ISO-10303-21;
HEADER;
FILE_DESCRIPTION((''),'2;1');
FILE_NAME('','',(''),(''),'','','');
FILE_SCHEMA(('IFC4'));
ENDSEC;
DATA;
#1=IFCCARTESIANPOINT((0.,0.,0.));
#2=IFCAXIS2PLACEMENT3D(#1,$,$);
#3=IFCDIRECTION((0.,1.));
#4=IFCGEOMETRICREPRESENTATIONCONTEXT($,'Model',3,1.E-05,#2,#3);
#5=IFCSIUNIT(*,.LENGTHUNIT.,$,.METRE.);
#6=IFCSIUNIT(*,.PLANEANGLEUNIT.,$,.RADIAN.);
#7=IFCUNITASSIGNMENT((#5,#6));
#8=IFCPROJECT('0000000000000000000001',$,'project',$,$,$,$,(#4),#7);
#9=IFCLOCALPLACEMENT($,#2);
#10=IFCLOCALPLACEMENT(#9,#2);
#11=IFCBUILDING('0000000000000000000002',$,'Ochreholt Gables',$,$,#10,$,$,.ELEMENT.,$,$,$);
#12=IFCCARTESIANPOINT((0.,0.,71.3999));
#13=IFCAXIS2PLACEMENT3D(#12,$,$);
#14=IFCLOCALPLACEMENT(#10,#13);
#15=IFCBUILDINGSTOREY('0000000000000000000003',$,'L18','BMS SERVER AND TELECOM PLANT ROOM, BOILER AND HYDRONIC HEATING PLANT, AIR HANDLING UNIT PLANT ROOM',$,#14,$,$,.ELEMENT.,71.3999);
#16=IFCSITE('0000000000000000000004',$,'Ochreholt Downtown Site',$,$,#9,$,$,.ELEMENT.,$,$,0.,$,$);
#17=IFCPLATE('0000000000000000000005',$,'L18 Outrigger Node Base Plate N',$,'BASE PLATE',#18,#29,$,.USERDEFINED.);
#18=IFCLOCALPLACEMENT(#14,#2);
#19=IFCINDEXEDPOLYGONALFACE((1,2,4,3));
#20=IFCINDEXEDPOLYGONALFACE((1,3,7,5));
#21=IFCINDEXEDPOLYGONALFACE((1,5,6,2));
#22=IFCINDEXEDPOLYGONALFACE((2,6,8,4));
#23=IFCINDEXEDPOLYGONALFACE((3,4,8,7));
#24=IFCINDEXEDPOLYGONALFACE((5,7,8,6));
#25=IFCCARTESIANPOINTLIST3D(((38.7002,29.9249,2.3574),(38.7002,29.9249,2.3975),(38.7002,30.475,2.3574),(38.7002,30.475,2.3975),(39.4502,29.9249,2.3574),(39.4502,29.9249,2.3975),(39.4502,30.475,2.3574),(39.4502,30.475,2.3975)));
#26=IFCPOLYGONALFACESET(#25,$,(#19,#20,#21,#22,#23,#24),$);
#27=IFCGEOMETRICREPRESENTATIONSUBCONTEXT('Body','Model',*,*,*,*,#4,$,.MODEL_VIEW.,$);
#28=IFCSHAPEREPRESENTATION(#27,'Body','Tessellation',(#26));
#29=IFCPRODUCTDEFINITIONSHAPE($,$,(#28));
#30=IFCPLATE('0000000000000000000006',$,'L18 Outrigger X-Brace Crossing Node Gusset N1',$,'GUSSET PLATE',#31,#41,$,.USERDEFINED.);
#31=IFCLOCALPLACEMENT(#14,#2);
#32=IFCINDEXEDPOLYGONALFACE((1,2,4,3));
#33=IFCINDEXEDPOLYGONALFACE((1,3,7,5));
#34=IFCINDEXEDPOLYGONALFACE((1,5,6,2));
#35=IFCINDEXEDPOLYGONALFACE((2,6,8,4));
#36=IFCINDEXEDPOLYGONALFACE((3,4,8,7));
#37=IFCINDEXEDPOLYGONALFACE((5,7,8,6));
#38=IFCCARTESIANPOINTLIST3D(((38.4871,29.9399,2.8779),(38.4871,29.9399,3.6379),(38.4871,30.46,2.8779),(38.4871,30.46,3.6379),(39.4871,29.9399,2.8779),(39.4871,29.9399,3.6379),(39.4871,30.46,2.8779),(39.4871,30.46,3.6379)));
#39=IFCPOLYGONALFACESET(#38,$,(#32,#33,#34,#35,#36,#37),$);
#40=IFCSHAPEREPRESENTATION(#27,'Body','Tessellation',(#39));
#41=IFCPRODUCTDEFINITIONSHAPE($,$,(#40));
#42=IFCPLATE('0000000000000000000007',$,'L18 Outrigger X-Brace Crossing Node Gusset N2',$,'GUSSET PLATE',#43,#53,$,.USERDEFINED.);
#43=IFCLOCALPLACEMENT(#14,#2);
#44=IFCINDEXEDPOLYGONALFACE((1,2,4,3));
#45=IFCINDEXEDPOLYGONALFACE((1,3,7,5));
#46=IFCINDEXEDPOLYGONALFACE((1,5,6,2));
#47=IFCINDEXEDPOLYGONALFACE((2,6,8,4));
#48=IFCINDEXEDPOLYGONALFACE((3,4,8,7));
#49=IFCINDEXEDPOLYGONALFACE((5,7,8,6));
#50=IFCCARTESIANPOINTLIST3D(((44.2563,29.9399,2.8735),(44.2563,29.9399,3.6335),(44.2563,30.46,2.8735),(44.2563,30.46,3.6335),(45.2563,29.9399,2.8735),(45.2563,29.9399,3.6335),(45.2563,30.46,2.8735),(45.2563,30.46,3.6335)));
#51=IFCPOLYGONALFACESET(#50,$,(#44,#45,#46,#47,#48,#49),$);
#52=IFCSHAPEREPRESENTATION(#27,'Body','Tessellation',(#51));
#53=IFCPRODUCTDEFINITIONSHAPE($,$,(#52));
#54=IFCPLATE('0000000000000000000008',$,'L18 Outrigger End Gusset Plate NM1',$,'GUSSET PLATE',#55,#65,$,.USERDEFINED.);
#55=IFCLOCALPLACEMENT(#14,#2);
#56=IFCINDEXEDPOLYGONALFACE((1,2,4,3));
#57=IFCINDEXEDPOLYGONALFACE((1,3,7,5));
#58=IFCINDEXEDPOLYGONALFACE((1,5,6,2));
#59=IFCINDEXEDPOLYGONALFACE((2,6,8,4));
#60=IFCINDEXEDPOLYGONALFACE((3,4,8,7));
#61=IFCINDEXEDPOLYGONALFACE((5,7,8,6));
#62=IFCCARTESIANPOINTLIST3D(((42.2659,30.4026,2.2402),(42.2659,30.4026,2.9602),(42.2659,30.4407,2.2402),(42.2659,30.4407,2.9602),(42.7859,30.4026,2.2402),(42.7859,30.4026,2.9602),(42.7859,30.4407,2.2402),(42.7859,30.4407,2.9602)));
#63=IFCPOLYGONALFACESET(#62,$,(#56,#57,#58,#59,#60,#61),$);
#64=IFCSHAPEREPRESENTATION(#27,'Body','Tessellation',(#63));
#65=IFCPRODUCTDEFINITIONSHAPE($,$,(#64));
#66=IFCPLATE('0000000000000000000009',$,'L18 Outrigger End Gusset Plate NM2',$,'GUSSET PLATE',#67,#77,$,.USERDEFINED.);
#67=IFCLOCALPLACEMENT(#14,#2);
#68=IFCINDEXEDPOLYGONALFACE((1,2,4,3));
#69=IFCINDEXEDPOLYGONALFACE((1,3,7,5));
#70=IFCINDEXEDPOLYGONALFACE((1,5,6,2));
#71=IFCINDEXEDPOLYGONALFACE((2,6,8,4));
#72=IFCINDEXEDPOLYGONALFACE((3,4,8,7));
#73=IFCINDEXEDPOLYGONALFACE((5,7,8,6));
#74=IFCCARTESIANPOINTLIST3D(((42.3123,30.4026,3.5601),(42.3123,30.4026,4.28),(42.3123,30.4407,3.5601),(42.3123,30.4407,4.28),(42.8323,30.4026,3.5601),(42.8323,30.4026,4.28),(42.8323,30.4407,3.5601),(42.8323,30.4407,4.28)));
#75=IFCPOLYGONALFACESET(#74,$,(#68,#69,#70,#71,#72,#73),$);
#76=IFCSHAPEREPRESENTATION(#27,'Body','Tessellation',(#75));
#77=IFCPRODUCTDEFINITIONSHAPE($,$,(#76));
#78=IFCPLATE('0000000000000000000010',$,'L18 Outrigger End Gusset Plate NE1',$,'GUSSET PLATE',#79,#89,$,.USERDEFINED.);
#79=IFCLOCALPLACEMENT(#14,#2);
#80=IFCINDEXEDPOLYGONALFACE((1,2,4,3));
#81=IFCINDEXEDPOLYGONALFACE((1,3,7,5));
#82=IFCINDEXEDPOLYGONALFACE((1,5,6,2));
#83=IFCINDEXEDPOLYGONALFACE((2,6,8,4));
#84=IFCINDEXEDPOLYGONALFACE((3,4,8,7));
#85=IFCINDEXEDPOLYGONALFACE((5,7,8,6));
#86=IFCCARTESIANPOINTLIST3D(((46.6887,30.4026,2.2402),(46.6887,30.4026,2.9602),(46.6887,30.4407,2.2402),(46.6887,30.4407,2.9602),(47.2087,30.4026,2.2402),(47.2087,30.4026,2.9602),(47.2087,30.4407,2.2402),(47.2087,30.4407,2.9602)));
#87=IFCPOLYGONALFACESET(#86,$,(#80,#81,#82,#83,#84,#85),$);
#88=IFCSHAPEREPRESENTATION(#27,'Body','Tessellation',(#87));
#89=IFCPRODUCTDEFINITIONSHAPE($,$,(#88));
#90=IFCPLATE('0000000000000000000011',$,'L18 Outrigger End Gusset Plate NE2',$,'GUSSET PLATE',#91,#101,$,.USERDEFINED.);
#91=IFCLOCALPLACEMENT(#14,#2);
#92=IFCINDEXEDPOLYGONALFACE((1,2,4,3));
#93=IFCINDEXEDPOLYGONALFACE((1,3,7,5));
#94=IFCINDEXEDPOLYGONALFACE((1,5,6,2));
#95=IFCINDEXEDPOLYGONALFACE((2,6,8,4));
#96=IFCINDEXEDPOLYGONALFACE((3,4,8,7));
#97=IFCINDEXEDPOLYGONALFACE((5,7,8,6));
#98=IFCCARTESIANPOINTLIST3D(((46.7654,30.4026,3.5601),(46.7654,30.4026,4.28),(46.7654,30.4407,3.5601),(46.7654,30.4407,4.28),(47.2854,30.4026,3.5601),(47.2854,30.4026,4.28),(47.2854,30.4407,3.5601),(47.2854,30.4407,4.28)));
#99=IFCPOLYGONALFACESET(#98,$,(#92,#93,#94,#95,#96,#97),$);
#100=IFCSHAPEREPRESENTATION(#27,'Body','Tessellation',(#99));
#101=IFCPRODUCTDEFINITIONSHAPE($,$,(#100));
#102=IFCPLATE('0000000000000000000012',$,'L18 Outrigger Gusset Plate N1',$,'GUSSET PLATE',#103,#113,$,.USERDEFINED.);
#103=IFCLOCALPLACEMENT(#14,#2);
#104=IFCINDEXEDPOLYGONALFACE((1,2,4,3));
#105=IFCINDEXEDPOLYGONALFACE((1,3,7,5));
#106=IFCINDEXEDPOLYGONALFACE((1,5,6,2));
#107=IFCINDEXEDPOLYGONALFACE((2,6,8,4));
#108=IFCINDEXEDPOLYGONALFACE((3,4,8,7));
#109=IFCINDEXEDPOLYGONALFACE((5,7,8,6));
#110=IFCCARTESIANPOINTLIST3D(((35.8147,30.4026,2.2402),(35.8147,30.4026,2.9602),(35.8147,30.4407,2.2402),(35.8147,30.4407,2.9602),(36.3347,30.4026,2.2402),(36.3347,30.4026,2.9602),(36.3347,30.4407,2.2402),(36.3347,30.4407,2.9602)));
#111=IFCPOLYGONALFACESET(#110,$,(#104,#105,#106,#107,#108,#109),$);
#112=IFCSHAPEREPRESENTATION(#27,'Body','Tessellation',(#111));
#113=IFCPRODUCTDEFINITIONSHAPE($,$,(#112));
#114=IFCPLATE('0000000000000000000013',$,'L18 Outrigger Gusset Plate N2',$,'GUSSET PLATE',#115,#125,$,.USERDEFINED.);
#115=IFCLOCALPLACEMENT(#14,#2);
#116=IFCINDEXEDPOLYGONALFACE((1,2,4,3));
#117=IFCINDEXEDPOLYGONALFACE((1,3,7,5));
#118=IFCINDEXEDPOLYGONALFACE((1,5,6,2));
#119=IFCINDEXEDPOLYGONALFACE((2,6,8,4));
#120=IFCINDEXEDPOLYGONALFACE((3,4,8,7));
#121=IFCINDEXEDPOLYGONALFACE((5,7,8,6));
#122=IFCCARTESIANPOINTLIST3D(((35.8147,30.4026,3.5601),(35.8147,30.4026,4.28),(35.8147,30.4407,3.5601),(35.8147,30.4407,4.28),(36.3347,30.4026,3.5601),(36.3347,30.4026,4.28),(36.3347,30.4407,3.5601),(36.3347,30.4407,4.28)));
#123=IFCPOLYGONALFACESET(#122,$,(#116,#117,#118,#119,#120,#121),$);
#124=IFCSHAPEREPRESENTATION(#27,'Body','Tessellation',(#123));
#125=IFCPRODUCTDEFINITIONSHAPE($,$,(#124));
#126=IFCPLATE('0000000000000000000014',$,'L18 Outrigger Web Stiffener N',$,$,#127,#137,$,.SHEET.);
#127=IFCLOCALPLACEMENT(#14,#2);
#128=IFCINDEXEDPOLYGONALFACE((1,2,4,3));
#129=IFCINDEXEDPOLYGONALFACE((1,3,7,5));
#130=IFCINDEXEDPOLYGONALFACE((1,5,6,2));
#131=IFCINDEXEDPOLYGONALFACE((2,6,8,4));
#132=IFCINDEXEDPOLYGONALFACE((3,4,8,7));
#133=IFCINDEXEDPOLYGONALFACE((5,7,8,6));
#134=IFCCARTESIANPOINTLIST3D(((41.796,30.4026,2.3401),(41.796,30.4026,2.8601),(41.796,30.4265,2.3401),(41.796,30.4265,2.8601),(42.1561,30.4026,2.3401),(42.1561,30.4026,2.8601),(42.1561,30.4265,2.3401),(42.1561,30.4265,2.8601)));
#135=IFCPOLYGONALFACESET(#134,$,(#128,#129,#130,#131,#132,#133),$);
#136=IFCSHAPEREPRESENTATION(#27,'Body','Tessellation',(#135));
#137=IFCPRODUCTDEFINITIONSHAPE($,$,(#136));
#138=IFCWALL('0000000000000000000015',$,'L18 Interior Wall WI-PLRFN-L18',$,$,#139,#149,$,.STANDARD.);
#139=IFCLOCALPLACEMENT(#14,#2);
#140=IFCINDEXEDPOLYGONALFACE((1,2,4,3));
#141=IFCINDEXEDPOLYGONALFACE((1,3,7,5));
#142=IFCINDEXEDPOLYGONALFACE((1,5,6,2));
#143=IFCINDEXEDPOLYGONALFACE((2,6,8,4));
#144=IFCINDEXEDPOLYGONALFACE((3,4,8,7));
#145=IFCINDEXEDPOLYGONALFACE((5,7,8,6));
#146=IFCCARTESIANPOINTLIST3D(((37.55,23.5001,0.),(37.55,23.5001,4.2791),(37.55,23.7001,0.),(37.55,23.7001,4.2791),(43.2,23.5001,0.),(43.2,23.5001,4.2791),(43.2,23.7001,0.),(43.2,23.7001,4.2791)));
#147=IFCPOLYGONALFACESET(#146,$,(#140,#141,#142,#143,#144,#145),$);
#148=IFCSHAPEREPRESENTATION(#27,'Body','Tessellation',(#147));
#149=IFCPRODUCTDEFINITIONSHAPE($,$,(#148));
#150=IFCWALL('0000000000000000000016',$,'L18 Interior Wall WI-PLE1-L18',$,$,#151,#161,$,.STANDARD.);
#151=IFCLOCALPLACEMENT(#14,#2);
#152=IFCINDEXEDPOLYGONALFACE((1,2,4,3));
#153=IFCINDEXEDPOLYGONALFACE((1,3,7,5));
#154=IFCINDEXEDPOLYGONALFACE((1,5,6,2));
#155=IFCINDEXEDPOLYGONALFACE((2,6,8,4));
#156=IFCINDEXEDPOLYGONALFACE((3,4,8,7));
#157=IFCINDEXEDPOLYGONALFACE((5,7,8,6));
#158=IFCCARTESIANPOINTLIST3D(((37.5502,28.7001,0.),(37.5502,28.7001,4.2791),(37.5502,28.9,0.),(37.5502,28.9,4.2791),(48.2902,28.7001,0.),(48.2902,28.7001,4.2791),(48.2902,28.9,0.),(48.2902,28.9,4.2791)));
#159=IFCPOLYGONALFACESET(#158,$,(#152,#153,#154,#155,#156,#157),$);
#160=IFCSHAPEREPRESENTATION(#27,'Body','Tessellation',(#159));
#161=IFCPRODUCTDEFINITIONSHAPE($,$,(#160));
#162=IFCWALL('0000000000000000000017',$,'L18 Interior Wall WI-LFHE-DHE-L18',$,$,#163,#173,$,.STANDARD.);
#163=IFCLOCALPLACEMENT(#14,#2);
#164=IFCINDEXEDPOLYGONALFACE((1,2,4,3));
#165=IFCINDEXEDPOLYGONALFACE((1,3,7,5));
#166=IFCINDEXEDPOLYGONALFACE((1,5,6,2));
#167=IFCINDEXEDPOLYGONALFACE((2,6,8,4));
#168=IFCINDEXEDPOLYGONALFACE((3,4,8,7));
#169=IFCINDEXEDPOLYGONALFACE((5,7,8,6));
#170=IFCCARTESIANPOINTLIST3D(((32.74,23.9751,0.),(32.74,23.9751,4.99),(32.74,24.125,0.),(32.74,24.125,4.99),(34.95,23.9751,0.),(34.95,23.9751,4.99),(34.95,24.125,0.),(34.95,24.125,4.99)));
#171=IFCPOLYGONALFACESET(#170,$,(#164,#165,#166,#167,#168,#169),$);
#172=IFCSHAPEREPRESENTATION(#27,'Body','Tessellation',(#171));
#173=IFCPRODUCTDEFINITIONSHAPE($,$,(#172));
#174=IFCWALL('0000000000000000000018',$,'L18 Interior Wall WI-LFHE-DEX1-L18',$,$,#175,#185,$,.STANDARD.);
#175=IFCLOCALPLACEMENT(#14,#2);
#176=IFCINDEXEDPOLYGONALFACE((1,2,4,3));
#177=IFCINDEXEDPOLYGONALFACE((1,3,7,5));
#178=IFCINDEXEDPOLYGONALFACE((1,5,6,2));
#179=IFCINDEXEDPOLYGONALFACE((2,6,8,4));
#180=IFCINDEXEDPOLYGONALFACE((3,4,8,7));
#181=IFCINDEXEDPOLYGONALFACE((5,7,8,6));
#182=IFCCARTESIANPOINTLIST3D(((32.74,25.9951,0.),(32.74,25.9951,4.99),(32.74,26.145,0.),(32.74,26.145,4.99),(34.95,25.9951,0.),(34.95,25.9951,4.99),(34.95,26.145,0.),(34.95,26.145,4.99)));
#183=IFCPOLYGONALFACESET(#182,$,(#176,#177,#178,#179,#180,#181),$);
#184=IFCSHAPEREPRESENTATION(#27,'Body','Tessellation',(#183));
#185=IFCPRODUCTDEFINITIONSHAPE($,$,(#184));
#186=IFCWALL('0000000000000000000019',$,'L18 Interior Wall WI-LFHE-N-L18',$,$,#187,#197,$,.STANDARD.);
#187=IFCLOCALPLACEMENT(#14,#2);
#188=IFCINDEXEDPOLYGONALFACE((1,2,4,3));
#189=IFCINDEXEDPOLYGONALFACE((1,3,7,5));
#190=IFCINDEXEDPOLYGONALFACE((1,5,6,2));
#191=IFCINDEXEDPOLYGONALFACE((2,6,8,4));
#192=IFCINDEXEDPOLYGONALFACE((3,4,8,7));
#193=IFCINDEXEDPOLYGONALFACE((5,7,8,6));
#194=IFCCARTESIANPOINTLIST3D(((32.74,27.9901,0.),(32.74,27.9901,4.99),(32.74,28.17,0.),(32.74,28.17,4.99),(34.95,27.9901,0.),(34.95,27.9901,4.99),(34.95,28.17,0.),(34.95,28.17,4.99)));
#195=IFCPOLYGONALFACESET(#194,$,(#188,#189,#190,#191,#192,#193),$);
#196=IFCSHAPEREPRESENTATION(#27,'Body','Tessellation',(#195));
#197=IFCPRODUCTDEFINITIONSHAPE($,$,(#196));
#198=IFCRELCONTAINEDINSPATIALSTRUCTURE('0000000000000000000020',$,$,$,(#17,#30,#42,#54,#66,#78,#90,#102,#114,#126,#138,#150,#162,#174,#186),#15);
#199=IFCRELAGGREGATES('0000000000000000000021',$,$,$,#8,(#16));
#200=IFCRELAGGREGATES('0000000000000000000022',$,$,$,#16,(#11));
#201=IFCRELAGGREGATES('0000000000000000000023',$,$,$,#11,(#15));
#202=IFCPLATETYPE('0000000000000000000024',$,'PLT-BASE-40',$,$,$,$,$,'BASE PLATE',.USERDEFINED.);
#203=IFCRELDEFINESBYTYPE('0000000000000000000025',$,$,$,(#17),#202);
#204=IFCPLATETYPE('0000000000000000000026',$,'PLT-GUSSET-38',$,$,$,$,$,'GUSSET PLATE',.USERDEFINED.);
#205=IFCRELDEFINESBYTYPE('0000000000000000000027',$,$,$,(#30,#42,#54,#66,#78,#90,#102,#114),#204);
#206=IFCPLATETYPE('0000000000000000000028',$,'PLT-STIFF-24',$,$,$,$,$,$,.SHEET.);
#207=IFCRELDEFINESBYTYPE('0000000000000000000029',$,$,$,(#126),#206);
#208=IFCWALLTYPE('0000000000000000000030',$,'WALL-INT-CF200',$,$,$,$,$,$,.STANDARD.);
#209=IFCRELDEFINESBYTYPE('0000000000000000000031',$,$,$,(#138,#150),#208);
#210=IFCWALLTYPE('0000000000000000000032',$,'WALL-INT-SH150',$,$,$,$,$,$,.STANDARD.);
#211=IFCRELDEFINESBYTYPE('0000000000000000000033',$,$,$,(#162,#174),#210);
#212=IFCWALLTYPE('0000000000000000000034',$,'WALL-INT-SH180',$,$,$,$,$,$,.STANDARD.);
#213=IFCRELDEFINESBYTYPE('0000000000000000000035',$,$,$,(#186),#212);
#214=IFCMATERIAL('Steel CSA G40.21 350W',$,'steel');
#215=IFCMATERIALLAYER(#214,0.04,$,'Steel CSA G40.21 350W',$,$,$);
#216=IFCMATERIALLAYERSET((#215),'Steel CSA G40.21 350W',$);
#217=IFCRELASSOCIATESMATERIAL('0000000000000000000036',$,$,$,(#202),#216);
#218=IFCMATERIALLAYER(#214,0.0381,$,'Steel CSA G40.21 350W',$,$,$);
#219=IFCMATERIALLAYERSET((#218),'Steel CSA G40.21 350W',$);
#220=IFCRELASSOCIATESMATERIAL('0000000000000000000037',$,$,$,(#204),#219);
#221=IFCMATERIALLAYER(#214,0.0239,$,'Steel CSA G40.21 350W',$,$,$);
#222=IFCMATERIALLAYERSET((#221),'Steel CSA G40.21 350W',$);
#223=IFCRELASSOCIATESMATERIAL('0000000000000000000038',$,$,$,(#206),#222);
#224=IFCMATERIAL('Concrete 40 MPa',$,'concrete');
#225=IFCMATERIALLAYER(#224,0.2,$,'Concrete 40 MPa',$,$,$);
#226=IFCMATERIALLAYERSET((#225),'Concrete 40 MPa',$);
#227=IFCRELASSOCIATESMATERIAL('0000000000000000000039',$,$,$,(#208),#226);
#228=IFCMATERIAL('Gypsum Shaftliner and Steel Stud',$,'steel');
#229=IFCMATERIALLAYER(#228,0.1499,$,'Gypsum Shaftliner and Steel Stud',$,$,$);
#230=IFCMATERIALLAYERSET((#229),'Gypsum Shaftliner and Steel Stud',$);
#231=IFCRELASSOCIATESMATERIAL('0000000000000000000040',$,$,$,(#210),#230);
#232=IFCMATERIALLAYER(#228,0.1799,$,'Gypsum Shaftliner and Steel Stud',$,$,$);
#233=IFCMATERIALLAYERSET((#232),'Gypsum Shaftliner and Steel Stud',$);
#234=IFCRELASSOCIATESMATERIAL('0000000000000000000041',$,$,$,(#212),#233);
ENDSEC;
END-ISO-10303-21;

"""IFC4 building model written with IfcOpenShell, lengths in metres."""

from ifc_helpers import new_model, si_unit, direction, frame, frame_2d, origin, origin_2d, place, context, subcontext, project, spatial, rectangle, extrude, material, layer, layer_set, type_object, element, save


model = new_model("IFC4")

# Units and contexts
model_context = context("Model", 3, precision=1e-05, world=origin(), true_north=direction((0.0, 1.0)))
body_context = subcontext(model_context, "Body", "Model", "MODEL_VIEW")
ifc_project = project(units=[si_unit("LENGTHUNIT", "METRE"), si_unit("PLANEANGLEUNIT", "RADIAN")], contexts=[model_context])

# Site, building, storey
site_placement = place(None, origin())
site = spatial("IfcSite", under=ifc_project, at=site_placement, Name="Ochreholt Downtown Site", CompositionType="ELEMENT", RefElevation=0.0)
building_placement = place(site_placement, origin())
building = spatial("IfcBuilding", under=site, at=building_placement, Name="Ochreholt Gables", CompositionType="ELEMENT")
storey_placement = place(building_placement, frame((0.0, 0.0, 71.3999)))
storey = spatial("IfcBuildingStorey", under=building, at=storey_placement, Name="L18", Description="BMS SERVER AND TELECOM PLANT ROOM, BOILER AND HYDRONIC HEATING PLANT, AIR HANDLING UNIT PLANT ROOM", CompositionType="ELEMENT", Elevation=71.3999)

# Shared definitions
ifc_material_1 = material(Name="Steel CSA G40.21 350W", Category="steel")

# Plates
ifc_layer_1 = layer(ifc_material_1, 0.04, Name="Steel CSA G40.21 350W")
ifc_layer_set_1 = layer_set([ifc_layer_1], Name="Steel CSA G40.21 350W")
plate_type_1 = type_object("IfcPlateType", Name="PLT-BASE-40", ElementType="BASE PLATE", PredefinedType="USERDEFINED", material=ifc_layer_set_1)
plate_1_placement = place(storey_placement, frame((39.0752, 30.2, 2.3574), z_axis=(0.0, 0.0, 1.0), x_axis=(1.0, 0.0, 0.0)))
element("IfcPlate", 1, at=plate_1_placement, inside=storey, type_object=plate_type_1, Name="L18 Outrigger Node Base Plate N", ObjectType="BASE PLATE", PredefinedType="USERDEFINED", context=body_context, shape_type="SweptSolid", body=[
    extrude(rectangle(XDim=0.75, YDim=0.55, at=origin_2d()), origin(), (0.0, 0.0, 1.0), 0.04),
])
ifc_layer_2 = layer(ifc_material_1, 0.0381, Name="Steel CSA G40.21 350W")
ifc_layer_set_2 = layer_set([ifc_layer_2], Name="Steel CSA G40.21 350W")
plate_type_2 = type_object("IfcPlateType", Name="PLT-GUSSET-38", ElementType="GUSSET PLATE", PredefinedType="USERDEFINED", material=ifc_layer_set_2)
for number, where, z_axis, x_axis, name in (
    (2, (38.9871, 30.2, 2.8779), (0.0, 0.0, 1.0), (1.0, 0.0, 0.0), "L18 Outrigger X-Brace Crossing Node Gusset N1"),
    (3, (44.7563, 30.2, 2.8735), (0.0, 0.0, 1.0), (1.0, 0.0, 0.0), "L18 Outrigger X-Brace Crossing Node Gusset N2"),
):
    element("IfcPlate", number, at=place(storey_placement, frame(where, z_axis=z_axis, x_axis=x_axis)), inside=storey, type_object=plate_type_2, Name=name, ObjectType="GUSSET PLATE", PredefinedType="USERDEFINED", context=body_context, shape_type="SweptSolid", body=[
        extrude(rectangle(XDim=1.0, YDim=0.52, at=origin_2d()), origin(), (0.0, 0.0, 1.0), 0.76),
    ])
for number, where, z_axis, x_axis, name in (
    (4, (42.5259, 30.4216, 2.2402), (0.0, 0.0, 1.0), (1.0, 0.0, 0.0), "L18 Outrigger End Gusset Plate NM1"),
    (5, (42.5723, 30.4216, 3.5601), (0.0, 0.0, 1.0), (1.0, 0.0, 0.0), "L18 Outrigger End Gusset Plate NM2"),
    (6, (46.9487, 30.4216, 2.2402), (0.0, 0.0, 1.0), (1.0, 0.0, 0.0), "L18 Outrigger End Gusset Plate NE1"),
    (7, (47.0254, 30.4216, 3.5601), (0.0, 0.0, 1.0), (1.0, 0.0, 0.0), "L18 Outrigger End Gusset Plate NE2"),
    (8, (36.0747, 30.4216, 2.2402), (0.0, 0.0, 1.0), (1.0, 0.0, 0.0), "L18 Outrigger Gusset Plate N1"),
    (9, (36.0747, 30.4216, 3.5601), (0.0, 0.0, 1.0), (1.0, 0.0, 0.0), "L18 Outrigger Gusset Plate N2"),
):
    element("IfcPlate", number, at=place(storey_placement, frame(where, z_axis=z_axis, x_axis=x_axis)), inside=storey, type_object=plate_type_2, Name=name, ObjectType="GUSSET PLATE", PredefinedType="USERDEFINED", context=body_context, shape_type="SweptSolid", body=[
        extrude(rectangle(XDim=0.52, YDim=0.0381, at=origin_2d()), origin(), (0.0, 0.0, 1.0), 0.72),
    ])
ifc_layer_3 = layer(ifc_material_1, 0.0239, Name="Steel CSA G40.21 350W")
ifc_layer_set_3 = layer_set([ifc_layer_3], Name="Steel CSA G40.21 350W")
plate_type_3 = type_object("IfcPlateType", Name="PLT-STIFF-24", PredefinedType="SHEET", material=ifc_layer_set_3)
plate_2_placement = place(storey_placement, frame((41.9761, 30.4146, 2.3401), z_axis=(0.0, 0.0, 1.0), x_axis=(1.0, 0.0, 0.0)))
element("IfcPlate", 10, at=plate_2_placement, inside=storey, type_object=plate_type_3, Name="L18 Outrigger Web Stiffener N", PredefinedType="SHEET", context=body_context, shape_type="SweptSolid", body=[
    extrude(rectangle(XDim=0.3601, YDim=0.0239, at=origin_2d()), origin(), (0.0, 0.0, 1.0), 0.52),
])

# Walls
ifc_material_2 = material(Name="Concrete 40 MPa", Category="concrete")
ifc_layer_4 = layer(ifc_material_2, 0.2, Name="Concrete 40 MPa")
ifc_layer_set_4 = layer_set([ifc_layer_4], Name="Concrete 40 MPa")
wall_type_1 = type_object("IfcWallType", Name="WALL-INT-CF200", PredefinedType="STANDARD", material=ifc_layer_set_4)
wall_1_placement = place(storey_placement, frame((37.55, 23.6001, 0.0), z_axis=(0.0, 0.0, 1.0), x_axis=(1.0, 0.0, 0.0)))
element("IfcWall", 11, at=wall_1_placement, inside=storey, type_object=wall_type_1, Name="L18 Interior Wall WI-PLRFN-L18", PredefinedType="STANDARD", context=body_context, shape_type="SweptSolid", body=[
    extrude(rectangle(XDim=5.6499, YDim=0.2, at=frame_2d((2.825, 0.0))), origin(), (0.0, 0.0, 1.0), 4.2791),
])
wall_2_placement = place(storey_placement, frame((37.55, 28.8, 0.0), z_axis=(0.0, 0.0, 1.0), x_axis=(1.0, 0.0, 0.0)))
element("IfcWall", 12, at=wall_2_placement, inside=storey, type_object=wall_type_1, Name="L18 Interior Wall WI-PLE1-L18", PredefinedType="STANDARD", context=body_context, shape_type="SweptSolid", body=[
    extrude(rectangle(XDim=10.74, YDim=0.2, at=frame_2d((5.3701, 0.0))), origin(), (0.0, 0.0, 1.0), 4.2791),
])
ifc_material_3 = material(Name="Gypsum Shaftliner and Steel Stud", Category="steel")
ifc_layer_5 = layer(ifc_material_3, 0.1499, Name="Gypsum Shaftliner and Steel Stud")
ifc_layer_set_5 = layer_set([ifc_layer_5], Name="Gypsum Shaftliner and Steel Stud")
wall_type_2 = type_object("IfcWallType", Name="WALL-INT-SH150", PredefinedType="STANDARD", material=ifc_layer_set_5)
for number, where, z_axis, x_axis, name in (
    (13, (32.74, 24.05, 0.0), (0.0, 0.0, 1.0), (1.0, 0.0, 0.0), "L18 Interior Wall WI-LFHE-DHE-L18"),
    (14, (32.74, 26.0701, 0.0), (0.0, 0.0, 1.0), (1.0, 0.0, 0.0), "L18 Interior Wall WI-LFHE-DEX1-L18"),
):
    element("IfcWall", number, at=place(storey_placement, frame(where, z_axis=z_axis, x_axis=x_axis)), inside=storey, type_object=wall_type_2, Name=name, PredefinedType="STANDARD", context=body_context, shape_type="SweptSolid", body=[
        extrude(rectangle(XDim=2.21, YDim=0.1499, at=frame_2d((1.105, 0.0))), origin(), (0.0, 0.0, 1.0), 4.99),
    ])
ifc_layer_6 = layer(ifc_material_3, 0.1799, Name="Gypsum Shaftliner and Steel Stud")
ifc_layer_set_6 = layer_set([ifc_layer_6], Name="Gypsum Shaftliner and Steel Stud")
wall_type_3 = type_object("IfcWallType", Name="WALL-INT-SH180", PredefinedType="STANDARD", material=ifc_layer_set_6)
wall_3_placement = place(storey_placement, frame((32.74, 28.0801, 0.0), z_axis=(0.0, 0.0, 1.0), x_axis=(1.0, 0.0, 0.0)))
element("IfcWall", 15, at=wall_3_placement, inside=storey, type_object=wall_type_3, Name="L18 Interior Wall WI-LFHE-N-L18", PredefinedType="STANDARD", context=body_context, shape_type="SweptSolid", body=[
    extrude(rectangle(XDim=2.21, YDim=0.1799, at=frame_2d((1.105, 0.0))), origin(), (0.0, 0.0, 1.0), 4.99),
])

save(model, "model.ifc")
